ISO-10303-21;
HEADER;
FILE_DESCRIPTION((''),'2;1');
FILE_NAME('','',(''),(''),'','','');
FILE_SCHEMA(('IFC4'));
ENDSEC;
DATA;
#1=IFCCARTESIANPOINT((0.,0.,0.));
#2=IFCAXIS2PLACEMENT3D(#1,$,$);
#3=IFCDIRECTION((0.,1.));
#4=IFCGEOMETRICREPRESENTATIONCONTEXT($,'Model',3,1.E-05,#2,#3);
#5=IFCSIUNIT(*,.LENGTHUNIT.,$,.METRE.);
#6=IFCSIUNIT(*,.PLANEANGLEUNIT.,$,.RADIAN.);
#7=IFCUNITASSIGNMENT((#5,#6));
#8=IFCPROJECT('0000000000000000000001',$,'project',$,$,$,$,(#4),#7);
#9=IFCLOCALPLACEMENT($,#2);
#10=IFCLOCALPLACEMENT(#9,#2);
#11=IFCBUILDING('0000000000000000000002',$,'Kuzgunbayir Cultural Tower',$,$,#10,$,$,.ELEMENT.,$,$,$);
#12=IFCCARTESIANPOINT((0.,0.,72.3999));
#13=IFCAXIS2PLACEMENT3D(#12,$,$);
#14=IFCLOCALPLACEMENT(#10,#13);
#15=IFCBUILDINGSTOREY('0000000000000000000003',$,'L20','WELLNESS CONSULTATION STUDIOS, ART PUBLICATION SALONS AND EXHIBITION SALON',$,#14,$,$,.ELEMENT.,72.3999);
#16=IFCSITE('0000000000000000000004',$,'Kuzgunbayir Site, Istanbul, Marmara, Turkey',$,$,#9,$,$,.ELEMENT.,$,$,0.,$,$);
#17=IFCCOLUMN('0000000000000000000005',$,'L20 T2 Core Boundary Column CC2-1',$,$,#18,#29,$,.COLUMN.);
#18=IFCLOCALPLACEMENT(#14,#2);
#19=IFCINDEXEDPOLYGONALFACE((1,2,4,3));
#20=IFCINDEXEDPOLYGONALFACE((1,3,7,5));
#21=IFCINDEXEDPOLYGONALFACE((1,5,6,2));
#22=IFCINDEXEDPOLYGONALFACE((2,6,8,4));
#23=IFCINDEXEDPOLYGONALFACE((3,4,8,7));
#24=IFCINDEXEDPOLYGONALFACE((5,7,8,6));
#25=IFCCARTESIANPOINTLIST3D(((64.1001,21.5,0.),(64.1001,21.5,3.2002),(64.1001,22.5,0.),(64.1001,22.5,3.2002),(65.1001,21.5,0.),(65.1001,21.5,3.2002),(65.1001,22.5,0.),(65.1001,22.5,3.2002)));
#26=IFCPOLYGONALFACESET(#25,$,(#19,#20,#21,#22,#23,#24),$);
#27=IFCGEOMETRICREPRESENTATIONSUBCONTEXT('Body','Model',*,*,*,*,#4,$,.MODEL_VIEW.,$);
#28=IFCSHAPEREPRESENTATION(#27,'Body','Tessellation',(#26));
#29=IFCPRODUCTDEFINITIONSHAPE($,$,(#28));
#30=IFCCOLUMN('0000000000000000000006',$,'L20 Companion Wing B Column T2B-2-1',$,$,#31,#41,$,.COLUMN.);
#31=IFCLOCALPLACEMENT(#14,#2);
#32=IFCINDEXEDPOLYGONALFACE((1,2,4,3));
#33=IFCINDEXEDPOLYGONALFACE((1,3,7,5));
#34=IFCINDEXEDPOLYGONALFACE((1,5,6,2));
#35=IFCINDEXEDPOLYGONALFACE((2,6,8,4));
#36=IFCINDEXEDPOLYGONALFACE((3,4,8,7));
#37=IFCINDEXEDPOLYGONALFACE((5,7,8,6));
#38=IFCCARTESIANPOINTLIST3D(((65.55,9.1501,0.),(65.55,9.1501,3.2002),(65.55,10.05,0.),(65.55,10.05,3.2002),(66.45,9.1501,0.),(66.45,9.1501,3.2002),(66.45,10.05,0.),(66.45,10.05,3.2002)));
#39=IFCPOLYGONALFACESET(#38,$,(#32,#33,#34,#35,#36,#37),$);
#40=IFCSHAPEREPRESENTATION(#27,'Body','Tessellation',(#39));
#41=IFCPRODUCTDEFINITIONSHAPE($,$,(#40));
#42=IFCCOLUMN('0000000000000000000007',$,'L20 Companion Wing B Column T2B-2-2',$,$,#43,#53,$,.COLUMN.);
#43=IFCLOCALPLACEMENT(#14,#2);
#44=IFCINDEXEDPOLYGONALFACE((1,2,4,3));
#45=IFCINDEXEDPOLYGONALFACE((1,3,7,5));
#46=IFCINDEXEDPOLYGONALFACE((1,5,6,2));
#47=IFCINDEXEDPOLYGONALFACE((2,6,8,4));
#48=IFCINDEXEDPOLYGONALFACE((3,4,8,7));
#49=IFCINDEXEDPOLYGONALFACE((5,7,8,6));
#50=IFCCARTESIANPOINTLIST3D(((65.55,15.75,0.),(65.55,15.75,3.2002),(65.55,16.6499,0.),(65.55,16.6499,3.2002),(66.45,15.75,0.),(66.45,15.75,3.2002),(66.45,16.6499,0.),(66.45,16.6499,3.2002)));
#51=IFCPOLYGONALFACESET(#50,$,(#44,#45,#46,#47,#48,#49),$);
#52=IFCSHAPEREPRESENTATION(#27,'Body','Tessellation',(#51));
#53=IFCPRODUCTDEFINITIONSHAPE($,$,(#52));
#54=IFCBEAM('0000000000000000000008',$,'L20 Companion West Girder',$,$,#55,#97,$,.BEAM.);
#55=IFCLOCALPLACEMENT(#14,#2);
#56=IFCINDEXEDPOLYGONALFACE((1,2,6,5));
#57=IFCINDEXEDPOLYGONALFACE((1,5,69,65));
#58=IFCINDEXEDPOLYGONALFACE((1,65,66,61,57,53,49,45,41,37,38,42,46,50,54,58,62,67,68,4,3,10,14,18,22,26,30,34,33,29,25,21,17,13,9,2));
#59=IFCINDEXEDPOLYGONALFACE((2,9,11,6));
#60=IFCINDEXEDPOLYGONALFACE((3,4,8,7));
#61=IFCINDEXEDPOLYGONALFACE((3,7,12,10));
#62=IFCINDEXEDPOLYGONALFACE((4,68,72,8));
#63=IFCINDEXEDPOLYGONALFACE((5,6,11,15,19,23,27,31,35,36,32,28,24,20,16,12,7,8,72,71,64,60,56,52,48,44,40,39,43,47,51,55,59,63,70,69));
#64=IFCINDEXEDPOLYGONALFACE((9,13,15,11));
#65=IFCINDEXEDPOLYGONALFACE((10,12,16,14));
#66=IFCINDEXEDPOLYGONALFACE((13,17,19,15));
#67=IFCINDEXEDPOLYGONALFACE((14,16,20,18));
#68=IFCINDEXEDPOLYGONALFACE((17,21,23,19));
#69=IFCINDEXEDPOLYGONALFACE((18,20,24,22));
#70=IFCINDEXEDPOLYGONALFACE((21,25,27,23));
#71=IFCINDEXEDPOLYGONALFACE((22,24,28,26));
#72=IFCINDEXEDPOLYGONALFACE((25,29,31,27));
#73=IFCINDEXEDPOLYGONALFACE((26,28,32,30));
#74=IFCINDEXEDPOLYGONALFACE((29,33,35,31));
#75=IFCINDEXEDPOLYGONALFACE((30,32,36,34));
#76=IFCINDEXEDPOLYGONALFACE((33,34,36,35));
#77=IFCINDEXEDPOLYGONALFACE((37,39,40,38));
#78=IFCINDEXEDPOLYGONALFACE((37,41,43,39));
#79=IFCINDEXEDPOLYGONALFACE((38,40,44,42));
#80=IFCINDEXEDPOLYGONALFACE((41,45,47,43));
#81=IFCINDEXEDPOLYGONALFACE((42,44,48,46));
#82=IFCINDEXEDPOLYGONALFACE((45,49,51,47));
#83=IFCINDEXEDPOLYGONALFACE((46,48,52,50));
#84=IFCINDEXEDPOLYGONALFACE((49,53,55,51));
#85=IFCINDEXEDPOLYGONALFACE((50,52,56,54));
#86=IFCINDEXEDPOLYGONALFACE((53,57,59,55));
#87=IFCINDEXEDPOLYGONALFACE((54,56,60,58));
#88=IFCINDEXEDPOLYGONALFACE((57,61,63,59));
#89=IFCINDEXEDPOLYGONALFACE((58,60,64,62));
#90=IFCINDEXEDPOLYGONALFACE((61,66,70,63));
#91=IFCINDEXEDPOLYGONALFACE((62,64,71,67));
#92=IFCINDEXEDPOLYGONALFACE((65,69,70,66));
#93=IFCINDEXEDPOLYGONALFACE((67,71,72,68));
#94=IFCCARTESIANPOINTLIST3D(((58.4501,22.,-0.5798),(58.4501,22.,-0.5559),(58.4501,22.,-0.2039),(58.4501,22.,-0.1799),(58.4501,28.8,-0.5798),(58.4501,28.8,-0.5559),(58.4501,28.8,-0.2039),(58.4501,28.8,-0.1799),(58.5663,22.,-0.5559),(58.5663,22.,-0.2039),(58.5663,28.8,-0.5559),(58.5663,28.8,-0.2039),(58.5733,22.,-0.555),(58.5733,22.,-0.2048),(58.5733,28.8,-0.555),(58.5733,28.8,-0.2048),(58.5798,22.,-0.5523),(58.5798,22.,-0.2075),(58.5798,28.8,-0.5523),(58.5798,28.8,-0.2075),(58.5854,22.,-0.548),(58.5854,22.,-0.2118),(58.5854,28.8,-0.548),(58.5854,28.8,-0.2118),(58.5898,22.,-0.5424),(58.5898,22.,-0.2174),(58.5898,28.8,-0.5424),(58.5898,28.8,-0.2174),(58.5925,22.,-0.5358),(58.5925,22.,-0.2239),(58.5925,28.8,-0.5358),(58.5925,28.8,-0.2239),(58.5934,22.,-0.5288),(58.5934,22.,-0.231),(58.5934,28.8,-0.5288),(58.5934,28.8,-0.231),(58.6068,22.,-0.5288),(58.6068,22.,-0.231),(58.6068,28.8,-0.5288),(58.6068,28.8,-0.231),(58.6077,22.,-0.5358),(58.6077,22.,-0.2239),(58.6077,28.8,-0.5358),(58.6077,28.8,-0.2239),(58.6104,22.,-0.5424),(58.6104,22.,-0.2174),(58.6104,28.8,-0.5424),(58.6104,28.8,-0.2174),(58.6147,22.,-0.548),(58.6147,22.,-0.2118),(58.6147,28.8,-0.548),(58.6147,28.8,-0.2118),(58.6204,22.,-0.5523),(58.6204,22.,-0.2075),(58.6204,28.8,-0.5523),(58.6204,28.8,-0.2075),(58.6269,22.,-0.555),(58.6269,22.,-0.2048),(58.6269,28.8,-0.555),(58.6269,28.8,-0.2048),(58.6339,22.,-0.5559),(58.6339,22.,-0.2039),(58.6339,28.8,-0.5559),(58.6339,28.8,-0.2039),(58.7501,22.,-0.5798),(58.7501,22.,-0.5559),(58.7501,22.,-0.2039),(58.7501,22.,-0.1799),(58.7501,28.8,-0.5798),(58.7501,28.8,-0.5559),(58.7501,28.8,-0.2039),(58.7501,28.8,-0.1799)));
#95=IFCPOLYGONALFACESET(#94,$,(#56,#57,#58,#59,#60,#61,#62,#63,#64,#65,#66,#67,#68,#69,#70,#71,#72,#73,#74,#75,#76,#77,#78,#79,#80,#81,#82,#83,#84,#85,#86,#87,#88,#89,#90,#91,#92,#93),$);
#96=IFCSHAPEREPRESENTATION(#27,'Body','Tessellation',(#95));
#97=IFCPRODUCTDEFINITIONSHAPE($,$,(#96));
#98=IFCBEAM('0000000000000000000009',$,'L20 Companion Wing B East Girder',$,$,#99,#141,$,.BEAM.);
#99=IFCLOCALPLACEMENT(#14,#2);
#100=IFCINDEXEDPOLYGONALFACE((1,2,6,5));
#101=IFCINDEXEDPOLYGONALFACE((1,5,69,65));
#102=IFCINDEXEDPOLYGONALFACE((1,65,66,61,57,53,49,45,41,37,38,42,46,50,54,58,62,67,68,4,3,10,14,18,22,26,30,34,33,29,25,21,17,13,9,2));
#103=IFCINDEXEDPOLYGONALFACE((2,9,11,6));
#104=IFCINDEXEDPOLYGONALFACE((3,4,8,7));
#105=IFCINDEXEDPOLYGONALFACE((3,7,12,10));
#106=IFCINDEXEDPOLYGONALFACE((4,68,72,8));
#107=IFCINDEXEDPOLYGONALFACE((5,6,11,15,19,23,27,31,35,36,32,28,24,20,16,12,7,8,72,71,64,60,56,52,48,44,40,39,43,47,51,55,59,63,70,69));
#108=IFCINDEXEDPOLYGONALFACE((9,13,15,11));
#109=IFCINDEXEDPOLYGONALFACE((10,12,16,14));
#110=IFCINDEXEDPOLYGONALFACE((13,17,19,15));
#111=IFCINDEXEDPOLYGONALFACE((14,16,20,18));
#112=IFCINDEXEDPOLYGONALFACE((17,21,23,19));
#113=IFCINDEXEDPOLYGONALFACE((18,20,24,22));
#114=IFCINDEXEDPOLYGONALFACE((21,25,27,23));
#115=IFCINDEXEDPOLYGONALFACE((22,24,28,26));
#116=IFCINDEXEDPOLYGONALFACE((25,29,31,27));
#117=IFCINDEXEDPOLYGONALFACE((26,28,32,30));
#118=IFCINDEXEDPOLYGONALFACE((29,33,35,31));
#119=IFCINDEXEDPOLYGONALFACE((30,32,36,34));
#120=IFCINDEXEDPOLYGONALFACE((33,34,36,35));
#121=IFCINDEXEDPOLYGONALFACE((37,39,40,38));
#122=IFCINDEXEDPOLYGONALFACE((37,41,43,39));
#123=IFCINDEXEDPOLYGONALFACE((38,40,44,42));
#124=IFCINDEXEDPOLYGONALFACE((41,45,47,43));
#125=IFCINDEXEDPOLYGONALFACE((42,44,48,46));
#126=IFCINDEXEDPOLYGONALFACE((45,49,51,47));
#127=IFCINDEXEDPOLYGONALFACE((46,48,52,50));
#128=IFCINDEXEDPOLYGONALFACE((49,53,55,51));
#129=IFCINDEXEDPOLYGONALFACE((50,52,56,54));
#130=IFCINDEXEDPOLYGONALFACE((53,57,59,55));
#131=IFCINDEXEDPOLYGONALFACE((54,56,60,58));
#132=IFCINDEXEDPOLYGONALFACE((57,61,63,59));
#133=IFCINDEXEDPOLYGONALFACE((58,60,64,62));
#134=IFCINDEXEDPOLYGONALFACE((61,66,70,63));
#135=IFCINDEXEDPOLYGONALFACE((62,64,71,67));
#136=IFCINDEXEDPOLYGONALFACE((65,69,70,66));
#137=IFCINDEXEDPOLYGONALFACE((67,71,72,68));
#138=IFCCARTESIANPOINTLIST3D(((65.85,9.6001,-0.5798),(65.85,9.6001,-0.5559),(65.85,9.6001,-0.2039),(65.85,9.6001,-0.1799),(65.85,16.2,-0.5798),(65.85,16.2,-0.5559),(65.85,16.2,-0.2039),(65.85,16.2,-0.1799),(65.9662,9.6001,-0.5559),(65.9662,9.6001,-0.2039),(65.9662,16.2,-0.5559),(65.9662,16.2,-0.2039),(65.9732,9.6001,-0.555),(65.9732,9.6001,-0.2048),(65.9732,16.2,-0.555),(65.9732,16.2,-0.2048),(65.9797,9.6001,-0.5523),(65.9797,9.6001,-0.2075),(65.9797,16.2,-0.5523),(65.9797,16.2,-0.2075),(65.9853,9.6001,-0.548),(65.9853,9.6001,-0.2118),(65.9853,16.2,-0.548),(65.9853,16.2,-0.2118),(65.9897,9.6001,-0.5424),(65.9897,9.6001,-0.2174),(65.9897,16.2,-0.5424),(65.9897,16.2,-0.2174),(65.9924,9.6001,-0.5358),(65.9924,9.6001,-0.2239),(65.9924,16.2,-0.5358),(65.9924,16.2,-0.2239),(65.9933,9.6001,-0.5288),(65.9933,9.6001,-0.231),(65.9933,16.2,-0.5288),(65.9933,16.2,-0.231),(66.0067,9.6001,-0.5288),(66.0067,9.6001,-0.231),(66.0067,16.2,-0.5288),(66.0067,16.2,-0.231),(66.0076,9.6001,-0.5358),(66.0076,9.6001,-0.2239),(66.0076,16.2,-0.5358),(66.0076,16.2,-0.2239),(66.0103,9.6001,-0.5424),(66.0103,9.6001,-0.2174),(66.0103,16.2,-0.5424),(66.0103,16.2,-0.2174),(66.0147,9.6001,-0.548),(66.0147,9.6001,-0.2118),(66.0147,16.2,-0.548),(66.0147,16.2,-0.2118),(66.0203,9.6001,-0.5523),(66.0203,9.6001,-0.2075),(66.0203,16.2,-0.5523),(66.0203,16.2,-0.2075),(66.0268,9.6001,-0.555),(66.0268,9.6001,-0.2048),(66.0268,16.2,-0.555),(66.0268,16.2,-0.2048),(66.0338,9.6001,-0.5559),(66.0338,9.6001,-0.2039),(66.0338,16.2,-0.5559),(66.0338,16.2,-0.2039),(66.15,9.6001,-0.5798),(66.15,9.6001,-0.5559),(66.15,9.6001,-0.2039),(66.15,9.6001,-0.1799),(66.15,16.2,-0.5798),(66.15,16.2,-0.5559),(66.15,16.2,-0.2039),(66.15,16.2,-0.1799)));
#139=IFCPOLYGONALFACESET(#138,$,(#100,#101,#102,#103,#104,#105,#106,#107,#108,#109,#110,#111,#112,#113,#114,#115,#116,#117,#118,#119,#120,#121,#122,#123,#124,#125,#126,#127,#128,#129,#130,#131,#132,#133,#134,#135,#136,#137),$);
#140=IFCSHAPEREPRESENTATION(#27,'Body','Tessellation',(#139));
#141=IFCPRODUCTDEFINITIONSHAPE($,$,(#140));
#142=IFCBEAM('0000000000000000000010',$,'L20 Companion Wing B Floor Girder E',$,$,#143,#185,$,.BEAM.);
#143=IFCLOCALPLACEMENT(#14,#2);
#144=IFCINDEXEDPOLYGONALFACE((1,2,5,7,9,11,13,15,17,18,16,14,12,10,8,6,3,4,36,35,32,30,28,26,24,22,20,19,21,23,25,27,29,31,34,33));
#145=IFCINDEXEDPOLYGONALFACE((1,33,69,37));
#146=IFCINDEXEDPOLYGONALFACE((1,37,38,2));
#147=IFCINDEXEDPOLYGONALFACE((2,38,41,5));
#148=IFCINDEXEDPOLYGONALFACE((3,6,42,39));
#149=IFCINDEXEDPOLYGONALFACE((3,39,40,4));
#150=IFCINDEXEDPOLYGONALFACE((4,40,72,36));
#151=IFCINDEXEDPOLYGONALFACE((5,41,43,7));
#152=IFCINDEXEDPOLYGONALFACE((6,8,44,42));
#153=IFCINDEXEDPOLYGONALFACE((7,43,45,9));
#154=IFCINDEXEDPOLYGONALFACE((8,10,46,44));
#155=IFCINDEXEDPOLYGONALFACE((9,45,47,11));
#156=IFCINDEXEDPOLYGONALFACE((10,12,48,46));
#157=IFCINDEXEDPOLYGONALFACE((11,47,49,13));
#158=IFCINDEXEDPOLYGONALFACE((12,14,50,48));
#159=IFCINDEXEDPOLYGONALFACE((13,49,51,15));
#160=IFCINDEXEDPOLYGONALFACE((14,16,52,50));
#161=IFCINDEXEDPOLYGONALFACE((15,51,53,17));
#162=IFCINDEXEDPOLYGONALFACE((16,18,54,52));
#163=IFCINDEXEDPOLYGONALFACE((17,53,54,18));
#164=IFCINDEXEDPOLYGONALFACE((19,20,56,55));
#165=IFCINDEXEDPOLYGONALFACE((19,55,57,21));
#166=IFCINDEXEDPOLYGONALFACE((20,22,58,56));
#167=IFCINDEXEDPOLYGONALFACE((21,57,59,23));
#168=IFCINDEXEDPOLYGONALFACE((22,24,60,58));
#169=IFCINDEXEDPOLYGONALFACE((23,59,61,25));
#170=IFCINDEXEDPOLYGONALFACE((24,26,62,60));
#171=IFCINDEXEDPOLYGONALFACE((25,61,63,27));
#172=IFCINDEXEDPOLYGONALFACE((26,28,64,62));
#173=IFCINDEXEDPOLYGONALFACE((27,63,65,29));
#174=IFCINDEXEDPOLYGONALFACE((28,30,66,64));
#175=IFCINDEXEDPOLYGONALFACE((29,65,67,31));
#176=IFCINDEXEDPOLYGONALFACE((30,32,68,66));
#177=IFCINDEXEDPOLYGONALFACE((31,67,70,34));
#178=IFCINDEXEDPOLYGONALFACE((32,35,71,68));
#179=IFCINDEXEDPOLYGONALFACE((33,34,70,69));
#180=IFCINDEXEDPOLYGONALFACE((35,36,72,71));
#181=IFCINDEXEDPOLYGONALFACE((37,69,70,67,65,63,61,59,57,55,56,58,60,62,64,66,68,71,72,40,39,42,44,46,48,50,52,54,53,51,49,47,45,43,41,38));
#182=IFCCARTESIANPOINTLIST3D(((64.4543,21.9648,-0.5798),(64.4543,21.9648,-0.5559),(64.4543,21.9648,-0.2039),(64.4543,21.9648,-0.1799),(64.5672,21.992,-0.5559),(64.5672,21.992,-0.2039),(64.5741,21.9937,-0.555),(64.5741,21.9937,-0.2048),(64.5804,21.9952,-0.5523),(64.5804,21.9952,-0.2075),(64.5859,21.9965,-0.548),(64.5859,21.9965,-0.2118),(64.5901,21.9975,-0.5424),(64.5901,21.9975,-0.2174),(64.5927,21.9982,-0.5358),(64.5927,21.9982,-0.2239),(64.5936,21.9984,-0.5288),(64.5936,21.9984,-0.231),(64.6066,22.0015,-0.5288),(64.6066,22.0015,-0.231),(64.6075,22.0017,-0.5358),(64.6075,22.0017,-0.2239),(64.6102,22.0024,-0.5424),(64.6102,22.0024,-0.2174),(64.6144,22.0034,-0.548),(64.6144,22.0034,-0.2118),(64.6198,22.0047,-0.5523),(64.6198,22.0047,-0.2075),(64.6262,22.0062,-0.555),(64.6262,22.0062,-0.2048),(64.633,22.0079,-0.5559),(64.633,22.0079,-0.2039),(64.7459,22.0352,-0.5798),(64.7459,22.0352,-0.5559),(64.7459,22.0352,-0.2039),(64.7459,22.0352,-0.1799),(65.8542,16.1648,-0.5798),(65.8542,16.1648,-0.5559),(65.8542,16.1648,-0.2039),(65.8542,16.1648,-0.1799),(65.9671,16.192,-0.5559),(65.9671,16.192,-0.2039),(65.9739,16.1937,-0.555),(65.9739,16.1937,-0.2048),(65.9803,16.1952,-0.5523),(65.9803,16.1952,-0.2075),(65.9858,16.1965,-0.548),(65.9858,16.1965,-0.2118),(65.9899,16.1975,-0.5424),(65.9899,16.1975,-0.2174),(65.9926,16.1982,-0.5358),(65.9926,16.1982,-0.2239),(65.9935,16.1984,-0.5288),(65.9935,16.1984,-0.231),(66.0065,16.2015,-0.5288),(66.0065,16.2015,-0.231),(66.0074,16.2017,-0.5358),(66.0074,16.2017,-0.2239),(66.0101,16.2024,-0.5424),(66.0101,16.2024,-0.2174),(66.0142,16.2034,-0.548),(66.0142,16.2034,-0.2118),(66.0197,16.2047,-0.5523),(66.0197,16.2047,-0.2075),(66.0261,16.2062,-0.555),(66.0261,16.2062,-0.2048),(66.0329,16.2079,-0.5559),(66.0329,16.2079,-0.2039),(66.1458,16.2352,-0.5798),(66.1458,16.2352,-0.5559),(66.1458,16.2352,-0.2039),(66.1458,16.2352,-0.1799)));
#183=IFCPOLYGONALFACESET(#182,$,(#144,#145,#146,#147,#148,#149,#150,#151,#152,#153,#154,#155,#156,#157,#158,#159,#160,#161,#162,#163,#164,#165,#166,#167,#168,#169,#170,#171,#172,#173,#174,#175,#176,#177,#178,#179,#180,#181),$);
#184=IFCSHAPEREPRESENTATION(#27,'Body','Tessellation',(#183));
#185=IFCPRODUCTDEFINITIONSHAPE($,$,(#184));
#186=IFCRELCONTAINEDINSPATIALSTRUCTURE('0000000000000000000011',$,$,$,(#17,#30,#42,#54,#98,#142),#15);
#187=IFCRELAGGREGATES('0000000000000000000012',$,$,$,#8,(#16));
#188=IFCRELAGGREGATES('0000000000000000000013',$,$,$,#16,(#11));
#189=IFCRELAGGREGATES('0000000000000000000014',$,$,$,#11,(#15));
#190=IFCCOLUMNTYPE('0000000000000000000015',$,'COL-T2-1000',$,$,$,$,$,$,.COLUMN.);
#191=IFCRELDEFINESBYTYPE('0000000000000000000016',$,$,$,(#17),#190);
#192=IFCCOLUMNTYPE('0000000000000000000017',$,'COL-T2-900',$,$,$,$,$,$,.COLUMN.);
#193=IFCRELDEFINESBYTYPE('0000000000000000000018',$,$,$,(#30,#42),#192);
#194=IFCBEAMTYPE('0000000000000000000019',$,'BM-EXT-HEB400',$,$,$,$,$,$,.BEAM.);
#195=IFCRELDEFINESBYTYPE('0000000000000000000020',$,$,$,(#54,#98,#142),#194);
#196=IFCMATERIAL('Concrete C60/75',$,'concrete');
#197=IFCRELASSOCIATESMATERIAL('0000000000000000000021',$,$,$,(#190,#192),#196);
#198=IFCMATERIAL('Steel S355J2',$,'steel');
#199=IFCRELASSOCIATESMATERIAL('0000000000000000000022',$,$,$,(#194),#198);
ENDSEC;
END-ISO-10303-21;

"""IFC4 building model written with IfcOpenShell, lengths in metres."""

from ifc_helpers import new_model, si_unit, direction, frame, origin, origin_2d, place, context, subcontext, project, spatial, rectangle, i_section, extrude, material, material_profile, profile_set, type_object, element, save


model = new_model("IFC4")

# Units and contexts
model_context = context("Model", 3, precision=1e-05, world=origin(), true_north=direction((0.0, 1.0)))
body_context = subcontext(model_context, "Body", "Model", "MODEL_VIEW")
ifc_project = project(units=[si_unit("LENGTHUNIT", "METRE"), si_unit("PLANEANGLEUNIT", "RADIAN")], contexts=[model_context])

# Site, building, storey
site_placement = place(None, origin())
site = spatial("IfcSite", under=ifc_project, at=site_placement, Name="Kuzgunbayir Site, Istanbul, Marmara, Turkey", CompositionType="ELEMENT", RefElevation=0.0)
building_placement = place(site_placement, origin())
building = spatial("IfcBuilding", under=site, at=building_placement, Name="Kuzgunbayir Cultural Tower", CompositionType="ELEMENT")
storey_placement = place(building_placement, frame((0.0, 0.0, 72.3999)))
storey = spatial("IfcBuildingStorey", under=building, at=storey_placement, Name="L20", Description="WELLNESS CONSULTATION STUDIOS, ART PUBLICATION SALONS AND EXHIBITION SALON", CompositionType="ELEMENT", Elevation=72.3999)

# Columns
ifc_material_1 = material(Name="Concrete C60/75", Category="concrete")
ifc_material_profile_1 = material_profile(ifc_material_1, rectangle(XDim=1.0, YDim=1.0, at=origin_2d()), Name="RC 1000x1000")
ifc_profile_set_1 = profile_set([ifc_material_profile_1], Name="Concrete C60/75")
column_type_1 = type_object("IfcColumnType", Name="COL-T2-1000", PredefinedType="COLUMN", material=ifc_profile_set_1)
column_placement = place(storey_placement, frame((64.6001, 22.0, 0.0), z_axis=(0.0, 0.0, 1.0), x_axis=(1.0, 0.0, 0.0)))
element("IfcColumn", 1, at=column_placement, inside=storey, type_object=column_type_1, Name="L20 T2 Core Boundary Column CC2-1", PredefinedType="COLUMN", context=body_context, shape_type="SweptSolid", body=[
    extrude(rectangle(XDim=1.0, YDim=1.0, at=origin_2d()), origin(), (0.0, 0.0, 1.0), 3.2002),
])
ifc_material_profile_2 = material_profile(ifc_material_1, rectangle(XDim=0.8999, YDim=0.8999, at=origin_2d()), Name="RC 900x900")
ifc_profile_set_2 = profile_set([ifc_material_profile_2], Name="Concrete C60/75")
column_type_2 = type_object("IfcColumnType", Name="COL-T2-900", PredefinedType="COLUMN", material=ifc_profile_set_2)
for number, where, z_axis, x_axis, name in (
    (2, (66.0, 9.6001, 0.0), (0.0, 0.0, 1.0), (1.0, 0.0, 0.0), "L20 Companion Wing B Column T2B-2-1"),
    (3, (66.0, 16.2, 0.0), (0.0, 0.0, 1.0), (1.0, 0.0, 0.0), "L20 Companion Wing B Column T2B-2-2"),
):
    element("IfcColumn", number, at=place(storey_placement, frame(where, z_axis=z_axis, x_axis=x_axis)), inside=storey, type_object=column_type_2, Name=name, PredefinedType="COLUMN", context=body_context, shape_type="SweptSolid", body=[
        extrude(rectangle(XDim=0.8999, YDim=0.8999, at=origin_2d()), origin(), (0.0, 0.0, 1.0), 3.2002),
    ])

# Beams
ifc_material_2 = material(Name="Steel S355J2", Category="steel")
ifc_material_profile_3 = material_profile(ifc_material_2, i_section(OverallWidth=0.3, OverallDepth=0.3999, WebThickness=0.0134, FlangeThickness=0.0239, FilletRadius=0.0271, at=origin_2d()), Name="HEB 400")
ifc_profile_set_3 = profile_set([ifc_material_profile_3], Name="Steel S355J2")
beam_type_1 = type_object("IfcBeamType", Name="BM-EXT-HEB400", PredefinedType="BEAM", material=ifc_profile_set_3)
beam_1_placement = place(storey_placement, frame((58.6001, 22.0, -0.3799), z_axis=(0.0, 1.0, 0.0), x_axis=(-1.0, 0.0, 0.0)))
element("IfcBeam", 4, at=beam_1_placement, inside=storey, type_object=beam_type_1, Name="L20 Companion West Girder", PredefinedType="BEAM", context=body_context, shape_type="SweptSolid", body=[
    extrude(i_section(OverallWidth=0.3, OverallDepth=0.3999, WebThickness=0.0134, FlangeThickness=0.0239, FilletRadius=0.0271, at=origin_2d()), origin(), (0.0, 0.0, 1.0), 6.8),
])
beam_2_placement = place(storey_placement, frame((66.0, 9.6001, -0.3799), z_axis=(0.0, 1.0, 0.0), x_axis=(-1.0, 0.0, 0.0)))
element("IfcBeam", 5, at=beam_2_placement, inside=storey, type_object=beam_type_1, Name="L20 Companion Wing B East Girder", PredefinedType="BEAM", context=body_context, shape_type="SweptSolid", body=[
    extrude(i_section(OverallWidth=0.3, OverallDepth=0.3999, WebThickness=0.0134, FlangeThickness=0.0239, FilletRadius=0.0271, at=origin_2d()), origin(), (0.0, 0.0, 1.0), 6.5999),
])
beam_3_placement = place(storey_placement, frame((66.0, 16.2, -0.3799), z_axis=(-0.234623, 0.972086, 0.0), x_axis=(-0.972086, -0.234623, 0.0)))
element("IfcBeam", 6, at=beam_3_placement, inside=storey, type_object=beam_type_1, Name="L20 Companion Wing B Floor Girder E", PredefinedType="BEAM", context=body_context, shape_type="SweptSolid", body=[
    extrude(i_section(OverallWidth=0.3, OverallDepth=0.3999, WebThickness=0.0134, FlangeThickness=0.0239, FilletRadius=0.0271, at=origin_2d()), origin(), (0.0, 0.0, 1.0), 5.9666),
])

save(model, "model.ifc")
